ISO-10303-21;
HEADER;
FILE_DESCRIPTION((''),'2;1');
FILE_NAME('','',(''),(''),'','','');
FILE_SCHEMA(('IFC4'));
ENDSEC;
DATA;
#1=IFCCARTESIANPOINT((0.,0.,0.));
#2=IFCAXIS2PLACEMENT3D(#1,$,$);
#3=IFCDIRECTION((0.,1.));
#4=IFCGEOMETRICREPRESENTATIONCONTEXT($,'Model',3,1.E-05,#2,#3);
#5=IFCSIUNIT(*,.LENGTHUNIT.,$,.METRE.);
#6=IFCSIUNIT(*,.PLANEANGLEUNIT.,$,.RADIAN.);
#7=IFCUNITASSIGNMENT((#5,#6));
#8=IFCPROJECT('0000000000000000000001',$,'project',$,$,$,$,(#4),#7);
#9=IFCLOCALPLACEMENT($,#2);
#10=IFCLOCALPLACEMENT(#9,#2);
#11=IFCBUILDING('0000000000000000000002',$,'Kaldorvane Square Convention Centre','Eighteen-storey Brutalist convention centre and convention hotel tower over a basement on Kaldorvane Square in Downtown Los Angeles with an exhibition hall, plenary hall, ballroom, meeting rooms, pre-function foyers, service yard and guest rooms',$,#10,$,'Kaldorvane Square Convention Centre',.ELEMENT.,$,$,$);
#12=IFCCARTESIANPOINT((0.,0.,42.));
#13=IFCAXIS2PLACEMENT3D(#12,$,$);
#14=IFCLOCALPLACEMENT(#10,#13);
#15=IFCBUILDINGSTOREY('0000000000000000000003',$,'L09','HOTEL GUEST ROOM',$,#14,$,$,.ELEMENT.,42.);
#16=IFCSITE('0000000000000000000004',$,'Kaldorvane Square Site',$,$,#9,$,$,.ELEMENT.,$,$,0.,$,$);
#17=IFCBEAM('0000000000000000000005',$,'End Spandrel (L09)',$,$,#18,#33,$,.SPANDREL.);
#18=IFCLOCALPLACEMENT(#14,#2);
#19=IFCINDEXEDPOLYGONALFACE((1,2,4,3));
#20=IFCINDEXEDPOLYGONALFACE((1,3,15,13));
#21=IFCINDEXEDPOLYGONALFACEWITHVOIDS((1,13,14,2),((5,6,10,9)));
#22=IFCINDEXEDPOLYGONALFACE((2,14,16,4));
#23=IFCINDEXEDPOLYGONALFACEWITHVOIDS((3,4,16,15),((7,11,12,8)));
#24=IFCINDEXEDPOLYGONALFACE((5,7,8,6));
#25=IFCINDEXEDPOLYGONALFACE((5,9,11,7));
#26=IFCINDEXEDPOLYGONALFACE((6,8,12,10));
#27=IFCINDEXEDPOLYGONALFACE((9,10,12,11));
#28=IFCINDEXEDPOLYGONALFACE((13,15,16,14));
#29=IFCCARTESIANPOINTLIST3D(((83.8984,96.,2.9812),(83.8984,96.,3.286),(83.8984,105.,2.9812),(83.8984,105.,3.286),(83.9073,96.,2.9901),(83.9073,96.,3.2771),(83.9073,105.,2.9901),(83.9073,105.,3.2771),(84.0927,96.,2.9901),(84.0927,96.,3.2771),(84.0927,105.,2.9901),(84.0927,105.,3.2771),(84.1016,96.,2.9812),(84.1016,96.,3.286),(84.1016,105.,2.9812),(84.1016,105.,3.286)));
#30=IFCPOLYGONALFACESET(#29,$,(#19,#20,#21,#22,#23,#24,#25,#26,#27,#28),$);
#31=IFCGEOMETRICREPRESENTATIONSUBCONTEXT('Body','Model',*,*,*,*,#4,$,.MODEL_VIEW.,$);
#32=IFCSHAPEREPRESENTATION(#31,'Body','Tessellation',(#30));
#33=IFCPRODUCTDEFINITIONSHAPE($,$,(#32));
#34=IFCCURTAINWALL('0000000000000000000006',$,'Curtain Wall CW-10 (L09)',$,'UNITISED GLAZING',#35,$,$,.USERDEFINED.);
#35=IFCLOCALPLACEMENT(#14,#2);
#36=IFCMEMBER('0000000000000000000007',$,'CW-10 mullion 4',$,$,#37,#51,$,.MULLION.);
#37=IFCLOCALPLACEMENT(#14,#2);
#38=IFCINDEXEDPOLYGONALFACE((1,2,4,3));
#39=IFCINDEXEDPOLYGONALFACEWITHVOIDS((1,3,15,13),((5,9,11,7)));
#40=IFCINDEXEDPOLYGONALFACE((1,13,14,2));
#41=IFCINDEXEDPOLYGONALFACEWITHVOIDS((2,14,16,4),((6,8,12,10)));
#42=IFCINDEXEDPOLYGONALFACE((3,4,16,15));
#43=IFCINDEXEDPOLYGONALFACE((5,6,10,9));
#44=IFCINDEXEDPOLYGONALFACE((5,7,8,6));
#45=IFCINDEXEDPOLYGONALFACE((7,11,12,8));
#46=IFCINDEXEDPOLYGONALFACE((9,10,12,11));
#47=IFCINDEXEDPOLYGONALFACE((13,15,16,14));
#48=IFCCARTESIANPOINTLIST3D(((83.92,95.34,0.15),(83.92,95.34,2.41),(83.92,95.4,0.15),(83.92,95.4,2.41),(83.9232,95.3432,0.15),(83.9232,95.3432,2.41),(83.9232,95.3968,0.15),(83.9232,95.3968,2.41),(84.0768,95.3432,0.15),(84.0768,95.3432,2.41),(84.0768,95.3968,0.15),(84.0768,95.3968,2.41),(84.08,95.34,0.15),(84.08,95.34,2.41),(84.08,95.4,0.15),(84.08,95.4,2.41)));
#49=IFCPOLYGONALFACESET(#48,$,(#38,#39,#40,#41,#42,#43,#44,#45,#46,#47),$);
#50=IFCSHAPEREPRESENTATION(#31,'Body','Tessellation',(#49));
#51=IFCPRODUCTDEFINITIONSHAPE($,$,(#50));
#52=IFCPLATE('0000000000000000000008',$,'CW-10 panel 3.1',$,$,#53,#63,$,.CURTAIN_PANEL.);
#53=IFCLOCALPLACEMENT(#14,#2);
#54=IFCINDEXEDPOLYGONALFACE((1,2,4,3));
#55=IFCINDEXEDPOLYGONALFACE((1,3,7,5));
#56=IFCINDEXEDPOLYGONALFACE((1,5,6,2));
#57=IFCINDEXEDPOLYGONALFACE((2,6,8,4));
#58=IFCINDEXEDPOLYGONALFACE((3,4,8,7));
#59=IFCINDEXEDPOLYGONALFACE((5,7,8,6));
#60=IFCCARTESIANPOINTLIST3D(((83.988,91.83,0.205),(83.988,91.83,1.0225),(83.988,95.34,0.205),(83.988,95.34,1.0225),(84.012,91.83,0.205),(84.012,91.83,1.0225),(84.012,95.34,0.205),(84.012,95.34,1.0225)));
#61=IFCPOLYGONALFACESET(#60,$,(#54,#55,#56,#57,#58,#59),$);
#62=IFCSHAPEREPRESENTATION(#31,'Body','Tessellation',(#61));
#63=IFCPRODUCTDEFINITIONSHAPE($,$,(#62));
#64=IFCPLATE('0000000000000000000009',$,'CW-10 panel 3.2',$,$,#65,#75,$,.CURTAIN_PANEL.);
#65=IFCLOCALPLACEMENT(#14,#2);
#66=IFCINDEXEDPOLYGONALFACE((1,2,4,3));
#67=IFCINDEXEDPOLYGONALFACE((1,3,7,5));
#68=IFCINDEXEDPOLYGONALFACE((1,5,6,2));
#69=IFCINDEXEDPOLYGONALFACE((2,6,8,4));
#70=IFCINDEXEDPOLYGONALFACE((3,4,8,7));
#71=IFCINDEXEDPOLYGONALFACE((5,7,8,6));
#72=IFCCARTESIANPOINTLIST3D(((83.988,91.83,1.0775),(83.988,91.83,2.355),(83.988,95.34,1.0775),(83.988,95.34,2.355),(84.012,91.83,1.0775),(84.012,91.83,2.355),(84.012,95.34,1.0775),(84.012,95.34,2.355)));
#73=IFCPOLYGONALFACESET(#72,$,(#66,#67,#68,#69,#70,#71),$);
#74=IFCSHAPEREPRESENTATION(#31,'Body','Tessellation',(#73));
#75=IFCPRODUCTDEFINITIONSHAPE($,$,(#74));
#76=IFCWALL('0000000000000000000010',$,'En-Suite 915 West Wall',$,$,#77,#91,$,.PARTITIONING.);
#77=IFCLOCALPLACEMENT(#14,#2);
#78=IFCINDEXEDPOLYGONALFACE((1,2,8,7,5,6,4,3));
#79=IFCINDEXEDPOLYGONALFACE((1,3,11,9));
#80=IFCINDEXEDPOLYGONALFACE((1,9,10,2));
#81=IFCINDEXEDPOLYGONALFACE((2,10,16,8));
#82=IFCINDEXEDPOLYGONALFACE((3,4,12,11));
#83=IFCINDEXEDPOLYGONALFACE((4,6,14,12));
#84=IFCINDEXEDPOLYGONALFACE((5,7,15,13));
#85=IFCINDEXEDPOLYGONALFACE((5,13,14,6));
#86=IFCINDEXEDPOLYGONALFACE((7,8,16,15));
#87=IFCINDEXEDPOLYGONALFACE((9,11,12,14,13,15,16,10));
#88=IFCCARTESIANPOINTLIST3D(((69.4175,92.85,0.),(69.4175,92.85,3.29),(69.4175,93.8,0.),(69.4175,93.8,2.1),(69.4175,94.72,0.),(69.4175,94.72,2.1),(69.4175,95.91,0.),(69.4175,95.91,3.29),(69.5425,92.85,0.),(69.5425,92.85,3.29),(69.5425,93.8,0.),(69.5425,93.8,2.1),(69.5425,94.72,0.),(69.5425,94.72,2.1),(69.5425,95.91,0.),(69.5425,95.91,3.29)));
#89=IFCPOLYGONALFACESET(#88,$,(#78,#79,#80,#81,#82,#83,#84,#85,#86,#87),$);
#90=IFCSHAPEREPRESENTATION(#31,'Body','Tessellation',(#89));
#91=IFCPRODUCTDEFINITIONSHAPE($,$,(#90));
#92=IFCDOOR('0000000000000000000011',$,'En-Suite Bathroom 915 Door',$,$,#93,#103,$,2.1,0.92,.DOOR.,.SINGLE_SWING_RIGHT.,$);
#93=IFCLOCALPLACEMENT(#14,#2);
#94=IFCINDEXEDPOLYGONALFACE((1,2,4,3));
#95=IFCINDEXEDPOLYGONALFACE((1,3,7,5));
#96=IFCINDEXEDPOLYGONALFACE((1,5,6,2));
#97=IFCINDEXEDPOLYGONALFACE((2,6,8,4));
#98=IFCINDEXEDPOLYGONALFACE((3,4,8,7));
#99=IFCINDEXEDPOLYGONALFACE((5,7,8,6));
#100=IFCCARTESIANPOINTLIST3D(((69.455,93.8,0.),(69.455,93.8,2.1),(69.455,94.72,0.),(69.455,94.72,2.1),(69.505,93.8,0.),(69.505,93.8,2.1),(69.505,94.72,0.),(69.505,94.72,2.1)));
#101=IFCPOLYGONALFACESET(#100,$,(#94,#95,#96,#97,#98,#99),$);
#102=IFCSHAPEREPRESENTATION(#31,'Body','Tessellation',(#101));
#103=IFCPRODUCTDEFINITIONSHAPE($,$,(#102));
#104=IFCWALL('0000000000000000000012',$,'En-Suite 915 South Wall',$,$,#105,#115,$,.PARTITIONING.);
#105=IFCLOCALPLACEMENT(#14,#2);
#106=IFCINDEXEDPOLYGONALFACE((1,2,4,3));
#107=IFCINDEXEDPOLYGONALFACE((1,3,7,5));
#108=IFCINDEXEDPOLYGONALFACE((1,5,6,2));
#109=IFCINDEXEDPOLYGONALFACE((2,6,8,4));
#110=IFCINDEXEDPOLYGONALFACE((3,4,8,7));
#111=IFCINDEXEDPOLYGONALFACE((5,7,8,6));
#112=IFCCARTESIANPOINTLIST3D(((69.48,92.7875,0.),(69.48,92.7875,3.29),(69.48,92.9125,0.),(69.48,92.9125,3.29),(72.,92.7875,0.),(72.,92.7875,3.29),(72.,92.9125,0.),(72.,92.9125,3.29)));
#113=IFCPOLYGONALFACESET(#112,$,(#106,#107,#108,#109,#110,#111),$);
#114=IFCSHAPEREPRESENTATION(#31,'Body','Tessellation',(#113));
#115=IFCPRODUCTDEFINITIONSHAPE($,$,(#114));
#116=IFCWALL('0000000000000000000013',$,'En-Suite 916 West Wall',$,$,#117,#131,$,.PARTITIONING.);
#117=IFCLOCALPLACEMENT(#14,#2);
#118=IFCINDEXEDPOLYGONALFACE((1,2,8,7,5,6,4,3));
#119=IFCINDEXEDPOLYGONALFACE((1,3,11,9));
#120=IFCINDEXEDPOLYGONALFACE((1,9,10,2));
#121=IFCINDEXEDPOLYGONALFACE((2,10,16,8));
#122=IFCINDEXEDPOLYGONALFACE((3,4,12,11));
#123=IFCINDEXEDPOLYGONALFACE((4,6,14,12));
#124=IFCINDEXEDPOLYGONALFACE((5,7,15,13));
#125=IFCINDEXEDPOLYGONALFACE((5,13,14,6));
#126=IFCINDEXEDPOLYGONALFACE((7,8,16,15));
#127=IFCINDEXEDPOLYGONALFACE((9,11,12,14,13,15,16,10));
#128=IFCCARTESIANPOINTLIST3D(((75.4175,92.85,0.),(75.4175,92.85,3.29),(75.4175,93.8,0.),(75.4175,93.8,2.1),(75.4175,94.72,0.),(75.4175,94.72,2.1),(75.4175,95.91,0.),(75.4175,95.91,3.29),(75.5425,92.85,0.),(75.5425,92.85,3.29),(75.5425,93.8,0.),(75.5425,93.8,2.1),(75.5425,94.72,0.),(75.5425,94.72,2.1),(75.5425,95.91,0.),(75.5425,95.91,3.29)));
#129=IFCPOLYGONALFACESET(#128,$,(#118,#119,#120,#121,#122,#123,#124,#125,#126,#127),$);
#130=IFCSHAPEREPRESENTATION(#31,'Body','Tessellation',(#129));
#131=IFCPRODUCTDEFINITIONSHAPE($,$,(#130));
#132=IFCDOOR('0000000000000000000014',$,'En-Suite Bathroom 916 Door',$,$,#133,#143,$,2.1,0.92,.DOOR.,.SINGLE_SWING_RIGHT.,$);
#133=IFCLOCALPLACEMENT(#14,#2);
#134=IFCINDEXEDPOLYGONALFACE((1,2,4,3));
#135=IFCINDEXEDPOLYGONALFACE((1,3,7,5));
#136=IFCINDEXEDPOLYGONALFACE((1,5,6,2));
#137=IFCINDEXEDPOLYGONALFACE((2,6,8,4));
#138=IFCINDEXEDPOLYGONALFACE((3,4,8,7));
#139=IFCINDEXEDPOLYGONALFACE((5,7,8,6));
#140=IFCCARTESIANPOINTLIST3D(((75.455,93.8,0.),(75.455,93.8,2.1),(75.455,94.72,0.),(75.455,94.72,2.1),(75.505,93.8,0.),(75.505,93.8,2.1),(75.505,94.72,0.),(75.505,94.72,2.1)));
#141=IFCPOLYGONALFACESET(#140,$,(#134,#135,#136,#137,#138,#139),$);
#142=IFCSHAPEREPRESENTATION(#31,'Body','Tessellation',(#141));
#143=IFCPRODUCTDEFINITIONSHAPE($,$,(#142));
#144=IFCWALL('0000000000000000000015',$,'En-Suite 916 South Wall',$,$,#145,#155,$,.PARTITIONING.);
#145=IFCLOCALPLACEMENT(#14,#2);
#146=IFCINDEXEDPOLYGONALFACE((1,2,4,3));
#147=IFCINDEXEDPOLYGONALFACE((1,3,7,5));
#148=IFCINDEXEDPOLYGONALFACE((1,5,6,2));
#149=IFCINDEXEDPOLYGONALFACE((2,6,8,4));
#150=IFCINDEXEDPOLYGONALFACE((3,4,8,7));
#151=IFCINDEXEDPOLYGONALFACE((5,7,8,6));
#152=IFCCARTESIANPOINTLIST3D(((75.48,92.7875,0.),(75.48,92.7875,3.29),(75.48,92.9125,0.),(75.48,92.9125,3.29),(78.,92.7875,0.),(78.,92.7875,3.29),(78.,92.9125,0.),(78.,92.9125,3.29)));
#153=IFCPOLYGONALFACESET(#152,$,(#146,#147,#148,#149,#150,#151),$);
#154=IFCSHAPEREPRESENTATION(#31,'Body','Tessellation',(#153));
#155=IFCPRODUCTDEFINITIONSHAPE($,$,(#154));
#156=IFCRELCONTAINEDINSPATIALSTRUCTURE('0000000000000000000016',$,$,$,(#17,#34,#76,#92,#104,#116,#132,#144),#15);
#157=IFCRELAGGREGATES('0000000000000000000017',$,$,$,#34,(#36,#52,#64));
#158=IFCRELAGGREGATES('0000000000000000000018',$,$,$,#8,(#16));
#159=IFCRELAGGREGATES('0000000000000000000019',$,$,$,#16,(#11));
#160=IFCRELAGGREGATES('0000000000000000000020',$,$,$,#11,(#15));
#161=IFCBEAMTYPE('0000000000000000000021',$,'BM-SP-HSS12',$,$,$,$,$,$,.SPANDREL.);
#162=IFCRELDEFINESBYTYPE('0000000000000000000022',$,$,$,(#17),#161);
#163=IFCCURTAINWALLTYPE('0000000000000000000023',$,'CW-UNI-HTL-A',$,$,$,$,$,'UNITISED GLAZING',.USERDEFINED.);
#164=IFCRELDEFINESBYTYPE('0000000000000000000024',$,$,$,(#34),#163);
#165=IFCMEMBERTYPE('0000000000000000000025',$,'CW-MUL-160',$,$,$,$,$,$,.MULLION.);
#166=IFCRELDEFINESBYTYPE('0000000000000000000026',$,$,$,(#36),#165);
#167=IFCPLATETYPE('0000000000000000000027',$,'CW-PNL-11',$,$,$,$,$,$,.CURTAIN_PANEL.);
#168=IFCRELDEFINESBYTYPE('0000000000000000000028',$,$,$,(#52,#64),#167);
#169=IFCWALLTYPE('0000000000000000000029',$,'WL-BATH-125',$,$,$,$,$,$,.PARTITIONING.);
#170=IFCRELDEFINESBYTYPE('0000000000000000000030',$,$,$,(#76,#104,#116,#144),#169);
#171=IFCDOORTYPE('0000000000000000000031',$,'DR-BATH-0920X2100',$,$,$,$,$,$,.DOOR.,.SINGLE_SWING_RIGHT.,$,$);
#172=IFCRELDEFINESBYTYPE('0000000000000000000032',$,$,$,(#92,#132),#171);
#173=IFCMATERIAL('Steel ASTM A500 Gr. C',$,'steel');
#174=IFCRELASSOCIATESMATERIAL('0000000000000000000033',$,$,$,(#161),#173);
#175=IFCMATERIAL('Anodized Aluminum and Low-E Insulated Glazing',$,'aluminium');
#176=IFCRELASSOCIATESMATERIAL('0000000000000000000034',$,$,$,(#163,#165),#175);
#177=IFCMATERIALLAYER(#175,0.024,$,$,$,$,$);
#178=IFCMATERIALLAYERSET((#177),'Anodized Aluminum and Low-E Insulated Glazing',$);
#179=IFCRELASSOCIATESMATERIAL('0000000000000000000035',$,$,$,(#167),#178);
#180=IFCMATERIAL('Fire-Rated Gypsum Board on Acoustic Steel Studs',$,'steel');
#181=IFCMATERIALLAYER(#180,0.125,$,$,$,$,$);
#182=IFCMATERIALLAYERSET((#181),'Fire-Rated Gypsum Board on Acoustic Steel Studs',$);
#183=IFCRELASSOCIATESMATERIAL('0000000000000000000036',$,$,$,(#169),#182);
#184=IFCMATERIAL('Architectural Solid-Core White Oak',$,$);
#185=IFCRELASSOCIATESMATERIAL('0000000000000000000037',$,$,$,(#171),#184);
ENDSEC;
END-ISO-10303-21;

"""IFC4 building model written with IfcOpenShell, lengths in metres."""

from ifc_helpers import new_model, si_unit, direction, frame, frame_2d, origin, origin_2d, place, context, subcontext, project, spatial, rectangle, hollow_rectangle, extrude, material, layer, layer_set, material_profile, profile_set, type_object, element, fill, aggregate, save


model = new_model("IFC4")

# Units and contexts
model_context = context("Model", 3, precision=1e-05, world=origin(), true_north=direction((0.0, 1.0)))
body_context = subcontext(model_context, "Body", "Model", "MODEL_VIEW")
ifc_project = project(units=[si_unit("LENGTHUNIT", "METRE"), si_unit("PLANEANGLEUNIT", "RADIAN")], contexts=[model_context])

# Site, building, storey
site_placement = place(None, origin())
site = spatial("IfcSite", under=ifc_project, at=site_placement, Name="Kaldorvane Square Site", CompositionType="ELEMENT", RefElevation=0.0)
building_placement = place(site_placement, origin())
building = spatial("IfcBuilding", under=site, at=building_placement, Name="Kaldorvane Square Convention Centre", Description="Eighteen-storey Brutalist convention centre and convention hotel tower over a basement on Kaldorvane Square in Downtown Los Angeles with an exhibition hall, plenary hall, ballroom, meeting rooms, pre-function foyers, service yard and guest rooms", LongName="Kaldorvane Square Convention Centre", CompositionType="ELEMENT")
storey_placement = place(building_placement, frame((0.0, 0.0, 42.0)))
storey = spatial("IfcBuildingStorey", under=building, at=storey_placement, Name="L09", Description="HOTEL GUEST ROOM", CompositionType="ELEMENT", Elevation=42.0)

# Beam
ifc_material_1 = material(Name="Steel ASTM A500 Gr. C", Category="steel")
ifc_material_profile_1 = material_profile(ifc_material_1, hollow_rectangle(XDim=0.2032, YDim=0.3048, WallThickness=0.0089, at=origin_2d()), Name="HSS12X8X3/8")
ifc_profile_set_1 = profile_set([ifc_material_profile_1], Name="Steel ASTM A500 Gr. C")
beam_type_1 = type_object("IfcBeamType", Name="BM-SP-HSS12", PredefinedType="SPANDREL", material=ifc_profile_set_1)
beam_1_placement = place(storey_placement, frame((84.0, 96.0, 3.1336), z_axis=(0.0, 1.0, 0.0), x_axis=(-1.0, 0.0, 0.0)))
element("IfcBeam", 1, at=beam_1_placement, inside=storey, type_object=beam_type_1, Name="End Spandrel (L09)", PredefinedType="SPANDREL", context=body_context, shape_type="SweptSolid", body=[
    extrude(hollow_rectangle(XDim=0.2032, YDim=0.3048, WallThickness=0.0089, at=origin_2d()), origin(), (0.0, 0.0, 1.0), 9.0),
])

# Curtain wall, member, plates
ifc_material_2 = material(Name="Anodized Aluminum and Low-E Insulated Glazing", Category="aluminium")
curtain_wall_type = type_object("IfcCurtainWallType", Name="CW-UNI-HTL-A", ElementType="UNITISED GLAZING", PredefinedType="USERDEFINED", material=ifc_material_2)
curtain_wall_placement = place(storey_placement, origin())
curtain_wall = element("IfcCurtainWall", 2, at=curtain_wall_placement, inside=storey, type_object=curtain_wall_type, Name="Curtain Wall CW-10 (L09)", ObjectType="UNITISED GLAZING", PredefinedType="USERDEFINED")
ifc_material_profile_2 = material_profile(ifc_material_2, hollow_rectangle(XDim=0.06, YDim=0.16, WallThickness=0.0032, at=origin_2d()), Name="CWM-160X60")
ifc_profile_set_2 = profile_set([ifc_material_profile_2], Name="Anodized Aluminum and Low-E Insulated Glazing")
member_type = type_object("IfcMemberType", Name="CW-MUL-160", PredefinedType="MULLION", material=ifc_profile_set_2)
member_placement = place(storey_placement, frame((84.0, 95.37, 0.15), z_axis=(0.0, 0.0, 1.0), x_axis=(0.0, 1.0, 0.0)))
member = element("IfcMember", 3, at=member_placement, type_object=member_type, Name="CW-10 mullion 4", PredefinedType="MULLION", context=body_context, shape_type="SweptSolid", body=[
    extrude(hollow_rectangle(XDim=0.06, YDim=0.16, WallThickness=0.0032, at=origin_2d()), origin(), (0.0, 0.0, 1.0), 2.26),
])
ifc_layer_1 = layer(ifc_material_2, 0.024)
ifc_layer_set_1 = layer_set([ifc_layer_1], Name="Anodized Aluminum and Low-E Insulated Glazing")
plate_type = type_object("IfcPlateType", Name="CW-PNL-11", PredefinedType="CURTAIN_PANEL", material=ifc_layer_set_1)
plate_1_placement = place(storey_placement, frame((84.0, 93.585, 0.205), z_axis=(0.0, 0.0, 1.0), x_axis=(0.0, 1.0, 0.0)))
plate_1 = element("IfcPlate", 4, at=plate_1_placement, type_object=plate_type, Name="CW-10 panel 3.1", PredefinedType="CURTAIN_PANEL", context=body_context, shape_type="SweptSolid", body=[
    extrude(rectangle(XDim=3.51, YDim=0.024, at=origin_2d()), origin(), (0.0, 0.0, 1.0), 0.8175),
])
plate_2_placement = place(storey_placement, frame((84.0, 93.585, 1.0775), z_axis=(0.0, 0.0, 1.0), x_axis=(0.0, 1.0, 0.0)))
plate_2 = element("IfcPlate", 5, at=plate_2_placement, type_object=plate_type, Name="CW-10 panel 3.2", PredefinedType="CURTAIN_PANEL", context=body_context, shape_type="SweptSolid", body=[
    extrude(rectangle(XDim=3.51, YDim=0.024, at=origin_2d()), origin(), (0.0, 0.0, 1.0), 1.2775),
])
aggregate(curtain_wall, [member, plate_1, plate_2])

# Wall, opening, door
ifc_material_3 = material(Name="Fire-Rated Gypsum Board on Acoustic Steel Studs", Category="steel")
ifc_layer_2 = layer(ifc_material_3, 0.125)
ifc_layer_set_2 = layer_set([ifc_layer_2], Name="Fire-Rated Gypsum Board on Acoustic Steel Studs")
wall_type_1 = type_object("IfcWallType", Name="WL-BATH-125", PredefinedType="PARTITIONING", material=ifc_layer_set_2)
wall_1_placement = place(storey_placement, frame((69.48, 92.85, 0.0), z_axis=(0.0, 0.0, 1.0), x_axis=(0.0, 1.0, 0.0)))
wall_1 = element("IfcWall", 6, at=wall_1_placement, inside=storey, type_object=wall_type_1, Name="En-Suite 915 West Wall", PredefinedType="PARTITIONING", context=body_context, shape_type="SweptSolid", body=[
    extrude(rectangle(XDim=3.06, YDim=0.125, at=frame_2d((1.53, 0.0))), origin(), (0.0, 0.0, 1.0), 3.29),
])
opening_1_placement = place(wall_1_placement, frame((0.95, 0.0, 0.0)))
opening_1 = element("IfcOpeningElement", 7, at=opening_1_placement, cuts=wall_1, PredefinedType="OPENING", context=body_context, shape_type="SweptSolid", body=[
    extrude(rectangle(XDim=0.92, YDim=2.1, at=frame_2d((0.46, 1.05))), frame((0.0, 0.0775, 0.0), z_axis=(0.0, -1.0, 0.0), x_axis=(1.0, 0.0, 0.0)), (0.0, 0.0, 1.0), 0.155),
])
ifc_material_4 = material(Name="Architectural Solid-Core White Oak")
door_type_1 = type_object("IfcDoorType", Name="DR-BATH-0920X2100", OperationType="SINGLE_SWING_RIGHT", PredefinedType="DOOR", material=ifc_material_4)
door_1_placement = place(opening_1_placement, origin())
door_1 = element("IfcDoor", 8, at=door_1_placement, inside=storey, type_object=door_type_1, Name="En-Suite Bathroom 915 Door", OperationType="SINGLE_SWING_RIGHT", OverallHeight=2.1, OverallWidth=0.92, PredefinedType="DOOR", context=body_context, shape_type="SweptSolid", body=[
    extrude(rectangle(XDim=0.92, YDim=2.1, at=frame_2d((0.46, 1.05))), frame((0.0, 0.025, 0.0), z_axis=(0.0, -1.0, 0.0), x_axis=(1.0, 0.0, 0.0)), (0.0, 0.0, 1.0), 0.05),
])
fill(opening_1, door_1)

# Wall
wall_2_placement = place(storey_placement, frame((69.48, 92.85, 0.0), z_axis=(0.0, 0.0, 1.0), x_axis=(1.0, 0.0, 0.0)))
element("IfcWall", 9, at=wall_2_placement, inside=storey, type_object=wall_type_1, Name="En-Suite 915 South Wall", PredefinedType="PARTITIONING", context=body_context, shape_type="SweptSolid", body=[
    extrude(rectangle(XDim=2.52, YDim=0.125, at=frame_2d((1.26, 0.0))), origin(), (0.0, 0.0, 1.0), 3.29),
])

# Wall, opening, door
wall_3_placement = place(storey_placement, frame((75.48, 92.85, 0.0), z_axis=(0.0, 0.0, 1.0), x_axis=(0.0, 1.0, 0.0)))
wall_3 = element("IfcWall", 10, at=wall_3_placement, inside=storey, type_object=wall_type_1, Name="En-Suite 916 West Wall", PredefinedType="PARTITIONING", context=body_context, shape_type="SweptSolid", body=[
    extrude(rectangle(XDim=3.06, YDim=0.125, at=frame_2d((1.53, 0.0))), origin(), (0.0, 0.0, 1.0), 3.29),
])
opening_2_placement = place(wall_3_placement, frame((0.95, 0.0, 0.0)))
opening_2 = element("IfcOpeningElement", 11, at=opening_2_placement, cuts=wall_3, PredefinedType="OPENING", context=body_context, shape_type="SweptSolid", body=[
    extrude(rectangle(XDim=0.92, YDim=2.1, at=frame_2d((0.46, 1.05))), frame((0.0, 0.0775, 0.0), z_axis=(0.0, -1.0, 0.0), x_axis=(1.0, 0.0, 0.0)), (0.0, 0.0, 1.0), 0.155),
])
door_2_placement = place(opening_2_placement, origin())
door_2 = element("IfcDoor", 12, at=door_2_placement, inside=storey, type_object=door_type_1, Name="En-Suite Bathroom 916 Door", OperationType="SINGLE_SWING_RIGHT", OverallHeight=2.1, OverallWidth=0.92, PredefinedType="DOOR", context=body_context, shape_type="SweptSolid", body=[
    extrude(rectangle(XDim=0.92, YDim=2.1, at=frame_2d((0.46, 1.05))), frame((0.0, 0.025, 0.0), z_axis=(0.0, -1.0, 0.0), x_axis=(1.0, 0.0, 0.0)), (0.0, 0.0, 1.0), 0.05),
])
fill(opening_2, door_2)

# Wall
wall_4_placement = place(storey_placement, frame((75.48, 92.85, 0.0), z_axis=(0.0, 0.0, 1.0), x_axis=(1.0, 0.0, 0.0)))
element("IfcWall", 13, at=wall_4_placement, inside=storey, type_object=wall_type_1, Name="En-Suite 916 South Wall", PredefinedType="PARTITIONING", context=body_context, shape_type="SweptSolid", body=[
    extrude(rectangle(XDim=2.52, YDim=0.125, at=frame_2d((1.26, 0.0))), origin(), (0.0, 0.0, 1.0), 3.29),
])

save(model, "model.ifc")
